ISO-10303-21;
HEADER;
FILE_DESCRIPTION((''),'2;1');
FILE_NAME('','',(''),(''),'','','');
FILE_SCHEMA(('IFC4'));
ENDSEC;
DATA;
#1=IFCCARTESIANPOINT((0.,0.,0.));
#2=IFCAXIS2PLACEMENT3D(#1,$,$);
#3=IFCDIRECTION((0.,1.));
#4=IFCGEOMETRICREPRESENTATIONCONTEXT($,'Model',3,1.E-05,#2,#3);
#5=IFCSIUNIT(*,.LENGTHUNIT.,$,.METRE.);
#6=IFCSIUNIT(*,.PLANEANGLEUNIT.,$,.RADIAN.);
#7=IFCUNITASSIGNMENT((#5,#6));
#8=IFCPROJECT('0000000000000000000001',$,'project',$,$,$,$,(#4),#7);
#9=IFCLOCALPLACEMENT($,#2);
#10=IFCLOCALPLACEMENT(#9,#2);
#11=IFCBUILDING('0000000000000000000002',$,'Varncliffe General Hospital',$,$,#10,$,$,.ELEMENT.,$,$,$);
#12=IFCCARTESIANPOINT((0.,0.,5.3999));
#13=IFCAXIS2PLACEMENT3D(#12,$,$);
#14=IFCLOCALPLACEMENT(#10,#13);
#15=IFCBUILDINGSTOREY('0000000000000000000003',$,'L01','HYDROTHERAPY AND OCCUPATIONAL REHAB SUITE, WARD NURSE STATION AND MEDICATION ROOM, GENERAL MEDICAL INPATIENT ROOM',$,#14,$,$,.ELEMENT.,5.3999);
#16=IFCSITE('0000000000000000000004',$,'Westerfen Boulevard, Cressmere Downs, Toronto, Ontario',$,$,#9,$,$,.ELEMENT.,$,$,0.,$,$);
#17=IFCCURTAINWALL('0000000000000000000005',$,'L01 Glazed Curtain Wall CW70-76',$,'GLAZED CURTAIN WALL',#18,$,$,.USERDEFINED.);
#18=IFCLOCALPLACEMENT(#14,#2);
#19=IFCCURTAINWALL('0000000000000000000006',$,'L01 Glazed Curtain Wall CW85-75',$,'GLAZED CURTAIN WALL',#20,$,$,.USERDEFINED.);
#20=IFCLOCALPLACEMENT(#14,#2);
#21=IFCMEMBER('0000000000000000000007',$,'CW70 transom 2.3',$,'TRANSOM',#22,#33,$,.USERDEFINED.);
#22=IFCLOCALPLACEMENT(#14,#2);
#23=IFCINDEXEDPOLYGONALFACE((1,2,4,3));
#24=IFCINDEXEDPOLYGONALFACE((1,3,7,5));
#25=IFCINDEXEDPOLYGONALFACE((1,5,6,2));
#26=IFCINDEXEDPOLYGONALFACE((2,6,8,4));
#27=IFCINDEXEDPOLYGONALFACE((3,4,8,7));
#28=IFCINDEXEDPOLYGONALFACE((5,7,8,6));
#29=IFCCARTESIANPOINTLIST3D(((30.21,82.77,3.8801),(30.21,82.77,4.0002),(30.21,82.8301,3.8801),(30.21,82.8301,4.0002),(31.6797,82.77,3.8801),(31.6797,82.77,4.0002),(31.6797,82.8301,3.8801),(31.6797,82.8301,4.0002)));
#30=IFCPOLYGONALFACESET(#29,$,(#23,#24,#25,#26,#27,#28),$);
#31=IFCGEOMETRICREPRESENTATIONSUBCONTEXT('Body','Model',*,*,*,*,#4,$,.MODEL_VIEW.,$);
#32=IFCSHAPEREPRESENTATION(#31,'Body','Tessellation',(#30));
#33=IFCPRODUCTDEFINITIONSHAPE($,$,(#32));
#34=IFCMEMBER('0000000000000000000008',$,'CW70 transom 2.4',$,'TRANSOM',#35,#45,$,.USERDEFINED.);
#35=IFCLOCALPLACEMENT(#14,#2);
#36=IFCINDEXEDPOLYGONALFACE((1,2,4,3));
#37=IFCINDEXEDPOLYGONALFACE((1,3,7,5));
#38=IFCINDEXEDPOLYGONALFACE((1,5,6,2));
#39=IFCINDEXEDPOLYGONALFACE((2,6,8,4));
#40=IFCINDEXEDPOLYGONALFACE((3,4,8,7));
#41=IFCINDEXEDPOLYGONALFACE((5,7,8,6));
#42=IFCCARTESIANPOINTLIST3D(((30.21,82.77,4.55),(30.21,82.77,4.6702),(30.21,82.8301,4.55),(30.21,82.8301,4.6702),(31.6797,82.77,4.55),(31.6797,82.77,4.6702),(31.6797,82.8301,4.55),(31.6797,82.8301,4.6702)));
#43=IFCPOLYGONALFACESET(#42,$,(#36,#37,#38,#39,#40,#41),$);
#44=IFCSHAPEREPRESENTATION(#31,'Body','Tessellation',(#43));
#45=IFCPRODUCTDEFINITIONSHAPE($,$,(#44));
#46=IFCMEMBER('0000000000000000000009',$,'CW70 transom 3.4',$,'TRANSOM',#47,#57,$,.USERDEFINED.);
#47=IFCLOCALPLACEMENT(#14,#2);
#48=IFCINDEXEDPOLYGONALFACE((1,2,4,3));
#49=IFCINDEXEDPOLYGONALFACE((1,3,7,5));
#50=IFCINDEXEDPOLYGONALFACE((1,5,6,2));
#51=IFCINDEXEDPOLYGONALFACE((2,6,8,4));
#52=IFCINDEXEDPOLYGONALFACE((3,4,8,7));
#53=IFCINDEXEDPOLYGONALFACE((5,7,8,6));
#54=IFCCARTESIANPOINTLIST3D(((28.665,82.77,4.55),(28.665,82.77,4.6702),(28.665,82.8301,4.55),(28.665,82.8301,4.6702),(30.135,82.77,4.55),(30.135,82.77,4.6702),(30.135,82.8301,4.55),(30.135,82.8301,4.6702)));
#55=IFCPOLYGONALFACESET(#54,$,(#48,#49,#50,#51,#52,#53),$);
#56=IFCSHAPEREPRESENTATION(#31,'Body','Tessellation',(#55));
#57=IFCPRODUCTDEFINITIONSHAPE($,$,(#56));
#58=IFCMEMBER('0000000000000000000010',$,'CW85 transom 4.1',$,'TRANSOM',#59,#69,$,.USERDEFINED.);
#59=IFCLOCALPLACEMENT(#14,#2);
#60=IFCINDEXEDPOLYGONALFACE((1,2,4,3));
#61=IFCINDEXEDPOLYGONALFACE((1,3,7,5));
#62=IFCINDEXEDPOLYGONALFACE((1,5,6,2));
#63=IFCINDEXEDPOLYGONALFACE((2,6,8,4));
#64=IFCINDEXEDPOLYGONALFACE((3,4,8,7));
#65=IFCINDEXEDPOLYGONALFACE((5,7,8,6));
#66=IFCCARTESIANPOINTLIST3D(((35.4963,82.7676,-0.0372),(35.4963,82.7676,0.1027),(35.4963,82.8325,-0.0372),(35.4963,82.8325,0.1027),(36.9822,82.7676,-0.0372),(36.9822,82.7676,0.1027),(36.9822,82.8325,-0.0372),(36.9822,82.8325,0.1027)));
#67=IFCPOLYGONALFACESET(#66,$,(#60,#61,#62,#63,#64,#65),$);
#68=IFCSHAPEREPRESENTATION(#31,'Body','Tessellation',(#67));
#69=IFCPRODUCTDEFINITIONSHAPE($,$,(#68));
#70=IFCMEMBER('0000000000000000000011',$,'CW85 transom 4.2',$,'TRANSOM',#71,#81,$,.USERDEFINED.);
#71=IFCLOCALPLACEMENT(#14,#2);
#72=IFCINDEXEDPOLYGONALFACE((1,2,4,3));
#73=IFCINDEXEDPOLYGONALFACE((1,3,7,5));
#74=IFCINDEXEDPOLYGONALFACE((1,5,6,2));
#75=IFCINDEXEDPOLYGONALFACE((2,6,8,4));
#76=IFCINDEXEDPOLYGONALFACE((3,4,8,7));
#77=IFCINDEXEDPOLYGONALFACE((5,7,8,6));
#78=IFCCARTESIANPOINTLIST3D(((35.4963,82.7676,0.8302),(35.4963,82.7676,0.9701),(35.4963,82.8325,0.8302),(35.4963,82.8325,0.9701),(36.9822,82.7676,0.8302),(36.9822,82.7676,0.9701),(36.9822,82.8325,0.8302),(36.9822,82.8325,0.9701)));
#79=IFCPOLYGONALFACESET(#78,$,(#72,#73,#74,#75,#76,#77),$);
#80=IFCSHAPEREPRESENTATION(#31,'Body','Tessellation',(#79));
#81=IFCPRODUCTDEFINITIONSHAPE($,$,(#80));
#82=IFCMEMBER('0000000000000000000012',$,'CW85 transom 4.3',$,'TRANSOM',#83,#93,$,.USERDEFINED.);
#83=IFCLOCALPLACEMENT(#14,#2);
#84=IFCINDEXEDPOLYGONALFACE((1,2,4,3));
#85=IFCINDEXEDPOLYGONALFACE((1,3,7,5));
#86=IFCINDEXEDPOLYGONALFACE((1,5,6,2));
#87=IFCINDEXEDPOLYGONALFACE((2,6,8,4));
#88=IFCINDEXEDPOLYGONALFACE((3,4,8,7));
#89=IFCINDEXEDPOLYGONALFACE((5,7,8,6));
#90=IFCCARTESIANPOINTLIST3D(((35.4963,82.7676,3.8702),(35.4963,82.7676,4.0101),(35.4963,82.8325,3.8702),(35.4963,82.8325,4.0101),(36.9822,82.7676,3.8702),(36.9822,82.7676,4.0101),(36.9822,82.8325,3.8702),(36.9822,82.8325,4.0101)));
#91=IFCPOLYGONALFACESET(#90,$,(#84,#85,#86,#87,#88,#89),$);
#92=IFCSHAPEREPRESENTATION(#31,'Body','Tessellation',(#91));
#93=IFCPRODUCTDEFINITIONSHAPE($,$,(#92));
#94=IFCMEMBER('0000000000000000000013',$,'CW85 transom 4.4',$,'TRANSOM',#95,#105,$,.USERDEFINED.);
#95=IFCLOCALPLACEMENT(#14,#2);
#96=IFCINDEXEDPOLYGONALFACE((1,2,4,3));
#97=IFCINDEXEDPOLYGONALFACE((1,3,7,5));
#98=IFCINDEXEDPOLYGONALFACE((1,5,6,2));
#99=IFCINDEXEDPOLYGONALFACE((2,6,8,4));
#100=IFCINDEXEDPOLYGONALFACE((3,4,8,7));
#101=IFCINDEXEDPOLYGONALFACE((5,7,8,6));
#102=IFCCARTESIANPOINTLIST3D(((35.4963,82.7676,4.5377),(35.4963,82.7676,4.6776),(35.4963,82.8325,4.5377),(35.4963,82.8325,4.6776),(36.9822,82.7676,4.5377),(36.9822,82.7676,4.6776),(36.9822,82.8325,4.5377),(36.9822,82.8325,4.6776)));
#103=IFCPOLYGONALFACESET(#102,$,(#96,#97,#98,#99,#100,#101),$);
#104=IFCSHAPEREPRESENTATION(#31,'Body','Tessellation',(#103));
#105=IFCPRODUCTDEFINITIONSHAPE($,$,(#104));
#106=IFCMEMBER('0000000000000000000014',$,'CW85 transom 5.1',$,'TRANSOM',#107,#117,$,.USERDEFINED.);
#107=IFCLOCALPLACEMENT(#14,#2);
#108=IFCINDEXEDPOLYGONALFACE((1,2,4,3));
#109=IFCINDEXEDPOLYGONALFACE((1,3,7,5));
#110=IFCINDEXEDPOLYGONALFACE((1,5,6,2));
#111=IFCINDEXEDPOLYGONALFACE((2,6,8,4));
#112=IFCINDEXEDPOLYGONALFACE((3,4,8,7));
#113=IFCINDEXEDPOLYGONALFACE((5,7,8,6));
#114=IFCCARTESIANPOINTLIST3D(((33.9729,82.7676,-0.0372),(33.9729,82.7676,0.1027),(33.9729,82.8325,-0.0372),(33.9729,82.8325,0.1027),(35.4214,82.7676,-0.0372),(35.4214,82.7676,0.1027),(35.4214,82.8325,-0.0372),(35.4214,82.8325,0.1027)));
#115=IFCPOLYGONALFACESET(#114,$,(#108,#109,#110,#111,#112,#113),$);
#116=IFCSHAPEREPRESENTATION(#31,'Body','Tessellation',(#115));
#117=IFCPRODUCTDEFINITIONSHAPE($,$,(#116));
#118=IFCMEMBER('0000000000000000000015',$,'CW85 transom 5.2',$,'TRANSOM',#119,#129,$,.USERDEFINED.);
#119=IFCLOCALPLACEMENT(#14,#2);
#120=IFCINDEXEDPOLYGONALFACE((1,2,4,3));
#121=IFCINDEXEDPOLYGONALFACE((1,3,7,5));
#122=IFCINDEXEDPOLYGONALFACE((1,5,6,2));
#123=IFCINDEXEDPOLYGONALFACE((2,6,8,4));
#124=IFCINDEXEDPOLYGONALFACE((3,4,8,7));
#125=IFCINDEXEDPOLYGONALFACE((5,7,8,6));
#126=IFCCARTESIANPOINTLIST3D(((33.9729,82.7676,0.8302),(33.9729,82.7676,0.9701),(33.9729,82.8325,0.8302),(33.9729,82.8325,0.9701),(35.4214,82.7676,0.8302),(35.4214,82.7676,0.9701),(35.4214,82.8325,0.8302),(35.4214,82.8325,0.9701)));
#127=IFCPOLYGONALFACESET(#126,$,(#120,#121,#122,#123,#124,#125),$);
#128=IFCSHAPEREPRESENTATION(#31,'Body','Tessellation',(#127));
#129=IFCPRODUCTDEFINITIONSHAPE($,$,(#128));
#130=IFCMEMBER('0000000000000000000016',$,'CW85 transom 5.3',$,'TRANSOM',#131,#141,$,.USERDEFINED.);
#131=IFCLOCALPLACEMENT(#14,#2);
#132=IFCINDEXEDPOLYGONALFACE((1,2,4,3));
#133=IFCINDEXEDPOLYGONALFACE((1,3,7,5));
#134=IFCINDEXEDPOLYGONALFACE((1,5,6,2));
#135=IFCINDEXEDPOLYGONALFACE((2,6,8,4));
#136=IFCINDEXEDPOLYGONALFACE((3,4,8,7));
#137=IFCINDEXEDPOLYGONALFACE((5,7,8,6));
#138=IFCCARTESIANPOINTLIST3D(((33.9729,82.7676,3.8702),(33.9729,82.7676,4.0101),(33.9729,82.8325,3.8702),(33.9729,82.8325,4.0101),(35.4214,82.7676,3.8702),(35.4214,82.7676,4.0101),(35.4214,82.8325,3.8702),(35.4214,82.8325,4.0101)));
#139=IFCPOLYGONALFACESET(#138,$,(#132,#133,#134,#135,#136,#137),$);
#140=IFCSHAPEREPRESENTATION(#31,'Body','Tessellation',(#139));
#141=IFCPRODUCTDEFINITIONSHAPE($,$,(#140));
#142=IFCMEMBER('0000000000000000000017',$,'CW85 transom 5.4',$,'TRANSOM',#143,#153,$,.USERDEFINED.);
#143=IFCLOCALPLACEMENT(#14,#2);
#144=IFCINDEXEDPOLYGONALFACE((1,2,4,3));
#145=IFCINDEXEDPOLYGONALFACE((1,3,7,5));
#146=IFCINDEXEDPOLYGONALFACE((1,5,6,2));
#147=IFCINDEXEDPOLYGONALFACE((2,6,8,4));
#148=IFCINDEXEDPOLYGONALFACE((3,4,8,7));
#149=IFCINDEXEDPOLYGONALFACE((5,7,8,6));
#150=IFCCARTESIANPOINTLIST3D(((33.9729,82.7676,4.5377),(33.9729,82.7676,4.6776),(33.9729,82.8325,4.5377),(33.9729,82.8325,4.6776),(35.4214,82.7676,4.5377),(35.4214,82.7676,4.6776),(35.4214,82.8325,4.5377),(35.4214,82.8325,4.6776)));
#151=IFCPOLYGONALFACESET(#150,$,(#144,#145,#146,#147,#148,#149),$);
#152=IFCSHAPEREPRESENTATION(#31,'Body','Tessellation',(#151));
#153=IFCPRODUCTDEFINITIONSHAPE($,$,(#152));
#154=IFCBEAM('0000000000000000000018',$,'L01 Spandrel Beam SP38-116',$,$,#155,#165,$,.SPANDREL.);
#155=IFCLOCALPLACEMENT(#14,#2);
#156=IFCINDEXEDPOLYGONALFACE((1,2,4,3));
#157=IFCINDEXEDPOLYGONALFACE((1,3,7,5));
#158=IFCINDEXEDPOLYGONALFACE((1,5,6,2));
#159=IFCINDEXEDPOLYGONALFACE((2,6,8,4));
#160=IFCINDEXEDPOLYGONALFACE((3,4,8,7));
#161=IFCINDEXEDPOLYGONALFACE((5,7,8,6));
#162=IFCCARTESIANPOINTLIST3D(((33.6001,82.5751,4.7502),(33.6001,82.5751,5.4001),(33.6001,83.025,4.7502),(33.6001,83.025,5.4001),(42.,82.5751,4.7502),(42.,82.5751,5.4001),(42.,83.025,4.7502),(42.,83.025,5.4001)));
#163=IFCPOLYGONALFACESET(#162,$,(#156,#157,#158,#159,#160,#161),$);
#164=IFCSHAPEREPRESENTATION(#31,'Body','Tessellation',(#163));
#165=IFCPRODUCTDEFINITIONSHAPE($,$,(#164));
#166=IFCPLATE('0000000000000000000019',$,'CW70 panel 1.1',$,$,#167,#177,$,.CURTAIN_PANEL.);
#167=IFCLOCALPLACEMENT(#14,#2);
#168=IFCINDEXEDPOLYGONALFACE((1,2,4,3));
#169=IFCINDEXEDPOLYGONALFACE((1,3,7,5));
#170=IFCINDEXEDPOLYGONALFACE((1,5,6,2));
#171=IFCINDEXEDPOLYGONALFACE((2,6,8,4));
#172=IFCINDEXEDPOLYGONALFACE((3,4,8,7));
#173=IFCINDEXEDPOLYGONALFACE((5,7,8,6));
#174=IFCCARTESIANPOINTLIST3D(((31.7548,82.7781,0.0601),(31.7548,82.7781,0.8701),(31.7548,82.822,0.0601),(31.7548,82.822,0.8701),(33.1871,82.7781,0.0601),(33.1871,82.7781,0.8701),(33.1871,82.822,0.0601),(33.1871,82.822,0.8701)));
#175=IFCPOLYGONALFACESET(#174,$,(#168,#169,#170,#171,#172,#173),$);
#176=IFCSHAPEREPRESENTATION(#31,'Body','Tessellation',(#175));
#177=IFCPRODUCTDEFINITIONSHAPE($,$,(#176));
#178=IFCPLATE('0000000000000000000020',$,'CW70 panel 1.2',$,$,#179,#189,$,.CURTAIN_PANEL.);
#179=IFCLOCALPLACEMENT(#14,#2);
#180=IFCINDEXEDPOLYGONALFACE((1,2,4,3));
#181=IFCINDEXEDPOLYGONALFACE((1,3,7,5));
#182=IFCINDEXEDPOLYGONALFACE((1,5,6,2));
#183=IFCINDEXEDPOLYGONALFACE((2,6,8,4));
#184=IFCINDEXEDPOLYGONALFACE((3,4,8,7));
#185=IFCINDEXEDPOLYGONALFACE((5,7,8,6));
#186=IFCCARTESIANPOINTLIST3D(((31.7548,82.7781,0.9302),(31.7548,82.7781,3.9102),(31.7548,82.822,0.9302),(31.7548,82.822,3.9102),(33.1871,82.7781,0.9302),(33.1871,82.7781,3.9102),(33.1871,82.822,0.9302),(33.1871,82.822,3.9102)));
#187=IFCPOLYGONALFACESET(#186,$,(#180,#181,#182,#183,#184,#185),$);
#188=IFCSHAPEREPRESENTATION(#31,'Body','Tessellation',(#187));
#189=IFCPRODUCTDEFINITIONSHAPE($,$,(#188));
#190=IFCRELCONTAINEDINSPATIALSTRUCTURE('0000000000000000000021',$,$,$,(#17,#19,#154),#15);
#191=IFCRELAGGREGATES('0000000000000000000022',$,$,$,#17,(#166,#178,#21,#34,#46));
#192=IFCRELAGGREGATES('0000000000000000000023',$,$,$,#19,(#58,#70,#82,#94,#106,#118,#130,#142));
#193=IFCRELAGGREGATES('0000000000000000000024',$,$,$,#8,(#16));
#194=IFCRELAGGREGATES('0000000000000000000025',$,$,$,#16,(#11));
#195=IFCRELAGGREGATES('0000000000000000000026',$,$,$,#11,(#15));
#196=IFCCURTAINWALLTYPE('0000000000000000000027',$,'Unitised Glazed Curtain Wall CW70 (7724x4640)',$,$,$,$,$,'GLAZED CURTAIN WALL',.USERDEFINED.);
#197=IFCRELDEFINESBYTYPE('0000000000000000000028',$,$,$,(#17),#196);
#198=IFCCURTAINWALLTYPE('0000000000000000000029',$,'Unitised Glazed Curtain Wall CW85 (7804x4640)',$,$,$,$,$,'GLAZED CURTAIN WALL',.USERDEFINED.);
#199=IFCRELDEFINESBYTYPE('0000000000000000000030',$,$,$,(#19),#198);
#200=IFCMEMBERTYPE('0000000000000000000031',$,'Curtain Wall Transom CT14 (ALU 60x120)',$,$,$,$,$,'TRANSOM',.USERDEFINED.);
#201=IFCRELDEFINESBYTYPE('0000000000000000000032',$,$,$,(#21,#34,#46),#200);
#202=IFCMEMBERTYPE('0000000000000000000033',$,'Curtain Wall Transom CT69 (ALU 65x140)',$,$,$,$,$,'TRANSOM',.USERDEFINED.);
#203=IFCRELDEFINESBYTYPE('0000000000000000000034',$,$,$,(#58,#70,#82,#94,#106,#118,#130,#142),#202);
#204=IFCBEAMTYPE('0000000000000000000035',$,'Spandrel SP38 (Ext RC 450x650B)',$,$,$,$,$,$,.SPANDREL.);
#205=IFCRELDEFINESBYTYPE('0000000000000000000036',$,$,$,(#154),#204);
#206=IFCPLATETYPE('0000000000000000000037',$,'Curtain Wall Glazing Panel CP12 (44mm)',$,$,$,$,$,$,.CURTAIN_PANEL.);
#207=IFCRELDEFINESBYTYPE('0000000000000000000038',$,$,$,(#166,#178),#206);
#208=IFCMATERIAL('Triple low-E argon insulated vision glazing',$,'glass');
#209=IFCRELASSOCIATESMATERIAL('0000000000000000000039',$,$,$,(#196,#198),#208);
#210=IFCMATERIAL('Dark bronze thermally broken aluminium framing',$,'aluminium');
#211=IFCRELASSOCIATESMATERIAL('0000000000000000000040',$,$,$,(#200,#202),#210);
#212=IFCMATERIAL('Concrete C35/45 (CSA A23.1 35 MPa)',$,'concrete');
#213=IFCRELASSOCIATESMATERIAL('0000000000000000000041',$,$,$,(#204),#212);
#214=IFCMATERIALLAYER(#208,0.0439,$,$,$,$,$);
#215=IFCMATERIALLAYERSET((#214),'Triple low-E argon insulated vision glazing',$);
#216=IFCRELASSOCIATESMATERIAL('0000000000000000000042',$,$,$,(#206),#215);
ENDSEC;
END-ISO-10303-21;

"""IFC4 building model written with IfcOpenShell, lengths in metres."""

from ifc_helpers import new_model, si_unit, direction, frame, origin, origin_2d, place, context, subcontext, project, spatial, rectangle, extrude, material, layer, layer_set, material_profile, profile_set, type_object, element, aggregate, save


model = new_model("IFC4")

# Units and contexts
model_context = context("Model", 3, precision=1e-05, world=origin(), true_north=direction((0.0, 1.0)))
body_context = subcontext(model_context, "Body", "Model", "MODEL_VIEW")
ifc_project = project(units=[si_unit("LENGTHUNIT", "METRE"), si_unit("PLANEANGLEUNIT", "RADIAN")], contexts=[model_context])

# Site, building, storey
site_placement = place(None, origin())
site = spatial("IfcSite", under=ifc_project, at=site_placement, Name="Westerfen Boulevard, Cressmere Downs, Toronto, Ontario", CompositionType="ELEMENT", RefElevation=0.0)
building_placement = place(site_placement, origin())
building = spatial("IfcBuilding", under=site, at=building_placement, Name="Varncliffe General Hospital", CompositionType="ELEMENT")
storey_placement = place(building_placement, frame((0.0, 0.0, 5.3999)))
storey = spatial("IfcBuildingStorey", under=building, at=storey_placement, Name="L01", Description="HYDROTHERAPY AND OCCUPATIONAL REHAB SUITE, WARD NURSE STATION AND MEDICATION ROOM, GENERAL MEDICAL INPATIENT ROOM", CompositionType="ELEMENT", Elevation=5.3999)

# Shared definitions
ifc_material_1 = material(Name="Concrete C35/45 (CSA A23.1 35 MPa)", Category="concrete")

# Curtain walls
ifc_material_2 = material(Name="Triple low-E argon insulated vision glazing", Category="glass")
curtain_wall_type_1 = type_object("IfcCurtainWallType", Name="Unitised Glazed Curtain Wall CW70 (7724x4640)", ElementType="GLAZED CURTAIN WALL", PredefinedType="USERDEFINED", material=ifc_material_2)
curtain_wall_1_placement = place(storey_placement, origin())
curtain_wall_1 = element("IfcCurtainWall", 1, at=curtain_wall_1_placement, inside=storey, type_object=curtain_wall_type_1, Name="L01 Glazed Curtain Wall CW70-76", ObjectType="GLAZED CURTAIN WALL", PredefinedType="USERDEFINED")
ifc_material_3 = material(Name="Dark bronze thermally broken aluminium framing", Category="aluminium")
curtain_wall_type_2 = type_object("IfcCurtainWallType", Name="Unitised Glazed Curtain Wall CW85 (7804x4640)", ElementType="GLAZED CURTAIN WALL", PredefinedType="USERDEFINED", material=ifc_material_2)
curtain_wall_2_placement = place(storey_placement, origin())
curtain_wall_2 = element("IfcCurtainWall", 2, at=curtain_wall_2_placement, inside=storey, type_object=curtain_wall_type_2, Name="L01 Glazed Curtain Wall CW85-75", ObjectType="GLAZED CURTAIN WALL", PredefinedType="USERDEFINED")

# Members
ifc_material_profile_1 = material_profile(ifc_material_3, rectangle(XDim=0.0601, YDim=0.1201, at=origin_2d()), Name="ALU 60x120")
ifc_profile_set_1 = profile_set([ifc_material_profile_1], Name="Dark bronze thermally broken aluminium framing")
member_type_1 = type_object("IfcMemberType", Name="Curtain Wall Transom CT14 (ALU 60x120)", ElementType="TRANSOM", PredefinedType="USERDEFINED", material=ifc_profile_set_1)
member_1_placement = place(storey_placement, frame((31.6797, 82.8, 3.9402), z_axis=(-1.0, 0.0, 0.0), x_axis=(0.0, -1.0, 0.0)))
member_1 = element("IfcMember", 3, at=member_1_placement, type_object=member_type_1, Name="CW70 transom 2.3", ObjectType="TRANSOM", PredefinedType="USERDEFINED", context=body_context, shape_type="SweptSolid", body=[
    extrude(rectangle(XDim=0.0601, YDim=0.1201, at=origin_2d()), origin(), (0.0, 0.0, 1.0), 1.4697),
])
member_2_placement = place(storey_placement, frame((31.6797, 82.8, 4.6101), z_axis=(-1.0, 0.0, 0.0), x_axis=(0.0, -1.0, 0.0)))
member_2 = element("IfcMember", 4, at=member_2_placement, type_object=member_type_1, Name="CW70 transom 2.4", ObjectType="TRANSOM", PredefinedType="USERDEFINED", context=body_context, shape_type="SweptSolid", body=[
    extrude(rectangle(XDim=0.0601, YDim=0.1201, at=origin_2d()), origin(), (0.0, 0.0, 1.0), 1.4697),
])
member_3_placement = place(storey_placement, frame((30.135, 82.8, 4.6101), z_axis=(-1.0, 0.0, 0.0), x_axis=(0.0, -1.0, 0.0)))
member_3 = element("IfcMember", 5, at=member_3_placement, type_object=member_type_1, Name="CW70 transom 3.4", ObjectType="TRANSOM", PredefinedType="USERDEFINED", context=body_context, shape_type="SweptSolid", body=[
    extrude(rectangle(XDim=0.0601, YDim=0.1201, at=origin_2d()), origin(), (0.0, 0.0, 1.0), 1.47),
])
ifc_material_profile_2 = material_profile(ifc_material_3, rectangle(XDim=0.0649, YDim=0.1399, at=origin_2d()), Name="ALU 65x140")
ifc_profile_set_2 = profile_set([ifc_material_profile_2], Name="Dark bronze thermally broken aluminium framing")
member_type_2 = type_object("IfcMemberType", Name="Curtain Wall Transom CT69 (ALU 65x140)", ElementType="TRANSOM", PredefinedType="USERDEFINED", material=ifc_profile_set_2)
member_4_placement = place(storey_placement, frame((36.9822, 82.8, 0.0327), z_axis=(-1.0, 0.0, 0.0), x_axis=(0.0, -1.0, 0.0)))
member_4 = element("IfcMember", 6, at=member_4_placement, type_object=member_type_2, Name="CW85 transom 4.1", ObjectType="TRANSOM", PredefinedType="USERDEFINED", context=body_context, shape_type="SweptSolid", body=[
    extrude(rectangle(XDim=0.0649, YDim=0.1399, at=origin_2d()), origin(), (0.0, 0.0, 1.0), 1.4858),
])
member_5_placement = place(storey_placement, frame((36.9822, 82.8, 0.9001), z_axis=(-1.0, 0.0, 0.0), x_axis=(0.0, -1.0, 0.0)))
member_5 = element("IfcMember", 7, at=member_5_placement, type_object=member_type_2, Name="CW85 transom 4.2", ObjectType="TRANSOM", PredefinedType="USERDEFINED", context=body_context, shape_type="SweptSolid", body=[
    extrude(rectangle(XDim=0.0649, YDim=0.1399, at=origin_2d()), origin(), (0.0, 0.0, 1.0), 1.4858),
])
member_6_placement = place(storey_placement, frame((36.9822, 82.8, 3.9402), z_axis=(-1.0, 0.0, 0.0), x_axis=(0.0, -1.0, 0.0)))
member_6 = element("IfcMember", 8, at=member_6_placement, type_object=member_type_2, Name="CW85 transom 4.3", ObjectType="TRANSOM", PredefinedType="USERDEFINED", context=body_context, shape_type="SweptSolid", body=[
    extrude(rectangle(XDim=0.0649, YDim=0.1399, at=origin_2d()), origin(), (0.0, 0.0, 1.0), 1.4858),
])
member_7_placement = place(storey_placement, frame((36.9822, 82.8, 4.6077), z_axis=(-1.0, 0.0, 0.0), x_axis=(0.0, -1.0, 0.0)))
member_7 = element("IfcMember", 9, at=member_7_placement, type_object=member_type_2, Name="CW85 transom 4.4", ObjectType="TRANSOM", PredefinedType="USERDEFINED", context=body_context, shape_type="SweptSolid", body=[
    extrude(rectangle(XDim=0.0649, YDim=0.1399, at=origin_2d()), origin(), (0.0, 0.0, 1.0), 1.4858),
])
member_8_placement = place(storey_placement, frame((35.4214, 82.8, 0.0327), z_axis=(-1.0, 0.0, 0.0), x_axis=(0.0, -1.0, 0.0)))
member_8 = element("IfcMember", 10, at=member_8_placement, type_object=member_type_2, Name="CW85 transom 5.1", ObjectType="TRANSOM", PredefinedType="USERDEFINED", context=body_context, shape_type="SweptSolid", body=[
    extrude(rectangle(XDim=0.0649, YDim=0.1399, at=origin_2d()), origin(), (0.0, 0.0, 1.0), 1.4485),
])
member_9_placement = place(storey_placement, frame((35.4214, 82.8, 0.9001), z_axis=(-1.0, 0.0, 0.0), x_axis=(0.0, -1.0, 0.0)))
member_9 = element("IfcMember", 11, at=member_9_placement, type_object=member_type_2, Name="CW85 transom 5.2", ObjectType="TRANSOM", PredefinedType="USERDEFINED", context=body_context, shape_type="SweptSolid", body=[
    extrude(rectangle(XDim=0.0649, YDim=0.1399, at=origin_2d()), origin(), (0.0, 0.0, 1.0), 1.4485),
])
member_10_placement = place(storey_placement, frame((35.4214, 82.8, 3.9402), z_axis=(-1.0, 0.0, 0.0), x_axis=(0.0, -1.0, 0.0)))
member_10 = element("IfcMember", 12, at=member_10_placement, type_object=member_type_2, Name="CW85 transom 5.3", ObjectType="TRANSOM", PredefinedType="USERDEFINED", context=body_context, shape_type="SweptSolid", body=[
    extrude(rectangle(XDim=0.0649, YDim=0.1399, at=origin_2d()), origin(), (0.0, 0.0, 1.0), 1.4485),
])
member_11_placement = place(storey_placement, frame((35.4214, 82.8, 4.6077), z_axis=(-1.0, 0.0, 0.0), x_axis=(0.0, -1.0, 0.0)))
member_11 = element("IfcMember", 13, at=member_11_placement, type_object=member_type_2, Name="CW85 transom 5.4", ObjectType="TRANSOM", PredefinedType="USERDEFINED", context=body_context, shape_type="SweptSolid", body=[
    extrude(rectangle(XDim=0.0649, YDim=0.1399, at=origin_2d()), origin(), (0.0, 0.0, 1.0), 1.4485),
])

# Beam
ifc_material_profile_3 = material_profile(ifc_material_1, rectangle(XDim=0.45, YDim=0.6499, at=origin_2d()), Name="RC 450x650")
ifc_profile_set_3 = profile_set([ifc_material_profile_3], Name="Concrete C35/45 (CSA A23.1 35 MPa)")
beam_type_1 = type_object("IfcBeamType", Name="Spandrel SP38 (Ext RC 450x650B)", PredefinedType="SPANDREL", material=ifc_profile_set_3)
beam_1_placement = place(storey_placement, frame((33.6001, 82.8, 5.0752), z_axis=(1.0, 0.0, 0.0), x_axis=(0.0, 1.0, 0.0)))
element("IfcBeam", 14, at=beam_1_placement, inside=storey, type_object=beam_type_1, Name="L01 Spandrel Beam SP38-116", PredefinedType="SPANDREL", context=body_context, shape_type="SweptSolid", body=[
    extrude(rectangle(XDim=0.45, YDim=0.6499, at=origin_2d()), origin(), (0.0, 0.0, 1.0), 8.3999),
])

# Plates
ifc_layer_1 = layer(ifc_material_2, 0.0439)
ifc_layer_set_1 = layer_set([ifc_layer_1], Name="Triple low-E argon insulated vision glazing")
plate_type_1 = type_object("IfcPlateType", Name="Curtain Wall Glazing Panel CP12 (44mm)", PredefinedType="CURTAIN_PANEL", material=ifc_layer_set_1)
plate_1_placement = place(storey_placement, frame((32.4709, 82.8, 0.0601), z_axis=(0.0, 0.0, 1.0), x_axis=(-1.0, 0.0, 0.0)))
plate_1 = element("IfcPlate", 15, at=plate_1_placement, type_object=plate_type_1, Name="CW70 panel 1.1", PredefinedType="CURTAIN_PANEL", context=body_context, shape_type="SweptSolid", body=[
    extrude(rectangle(XDim=1.4324, YDim=0.0439, at=origin_2d()), origin(), (0.0, 0.0, 1.0), 0.8101),
])
plate_2_placement = place(storey_placement, frame((32.4709, 82.8, 0.9302), z_axis=(0.0, 0.0, 1.0), x_axis=(-1.0, 0.0, 0.0)))
plate_2 = element("IfcPlate", 16, at=plate_2_placement, type_object=plate_type_1, Name="CW70 panel 1.2", PredefinedType="CURTAIN_PANEL", context=body_context, shape_type="SweptSolid", body=[
    extrude(rectangle(XDim=1.4324, YDim=0.0439, at=origin_2d()), origin(), (0.0, 0.0, 1.0), 2.98),
])
aggregate(curtain_wall_1, [plate_1, plate_2, member_1, member_2, member_3])
aggregate(curtain_wall_2, [member_4, member_5, member_6, member_7, member_8, member_9, member_10, member_11])

save(model, "model.ifc")
